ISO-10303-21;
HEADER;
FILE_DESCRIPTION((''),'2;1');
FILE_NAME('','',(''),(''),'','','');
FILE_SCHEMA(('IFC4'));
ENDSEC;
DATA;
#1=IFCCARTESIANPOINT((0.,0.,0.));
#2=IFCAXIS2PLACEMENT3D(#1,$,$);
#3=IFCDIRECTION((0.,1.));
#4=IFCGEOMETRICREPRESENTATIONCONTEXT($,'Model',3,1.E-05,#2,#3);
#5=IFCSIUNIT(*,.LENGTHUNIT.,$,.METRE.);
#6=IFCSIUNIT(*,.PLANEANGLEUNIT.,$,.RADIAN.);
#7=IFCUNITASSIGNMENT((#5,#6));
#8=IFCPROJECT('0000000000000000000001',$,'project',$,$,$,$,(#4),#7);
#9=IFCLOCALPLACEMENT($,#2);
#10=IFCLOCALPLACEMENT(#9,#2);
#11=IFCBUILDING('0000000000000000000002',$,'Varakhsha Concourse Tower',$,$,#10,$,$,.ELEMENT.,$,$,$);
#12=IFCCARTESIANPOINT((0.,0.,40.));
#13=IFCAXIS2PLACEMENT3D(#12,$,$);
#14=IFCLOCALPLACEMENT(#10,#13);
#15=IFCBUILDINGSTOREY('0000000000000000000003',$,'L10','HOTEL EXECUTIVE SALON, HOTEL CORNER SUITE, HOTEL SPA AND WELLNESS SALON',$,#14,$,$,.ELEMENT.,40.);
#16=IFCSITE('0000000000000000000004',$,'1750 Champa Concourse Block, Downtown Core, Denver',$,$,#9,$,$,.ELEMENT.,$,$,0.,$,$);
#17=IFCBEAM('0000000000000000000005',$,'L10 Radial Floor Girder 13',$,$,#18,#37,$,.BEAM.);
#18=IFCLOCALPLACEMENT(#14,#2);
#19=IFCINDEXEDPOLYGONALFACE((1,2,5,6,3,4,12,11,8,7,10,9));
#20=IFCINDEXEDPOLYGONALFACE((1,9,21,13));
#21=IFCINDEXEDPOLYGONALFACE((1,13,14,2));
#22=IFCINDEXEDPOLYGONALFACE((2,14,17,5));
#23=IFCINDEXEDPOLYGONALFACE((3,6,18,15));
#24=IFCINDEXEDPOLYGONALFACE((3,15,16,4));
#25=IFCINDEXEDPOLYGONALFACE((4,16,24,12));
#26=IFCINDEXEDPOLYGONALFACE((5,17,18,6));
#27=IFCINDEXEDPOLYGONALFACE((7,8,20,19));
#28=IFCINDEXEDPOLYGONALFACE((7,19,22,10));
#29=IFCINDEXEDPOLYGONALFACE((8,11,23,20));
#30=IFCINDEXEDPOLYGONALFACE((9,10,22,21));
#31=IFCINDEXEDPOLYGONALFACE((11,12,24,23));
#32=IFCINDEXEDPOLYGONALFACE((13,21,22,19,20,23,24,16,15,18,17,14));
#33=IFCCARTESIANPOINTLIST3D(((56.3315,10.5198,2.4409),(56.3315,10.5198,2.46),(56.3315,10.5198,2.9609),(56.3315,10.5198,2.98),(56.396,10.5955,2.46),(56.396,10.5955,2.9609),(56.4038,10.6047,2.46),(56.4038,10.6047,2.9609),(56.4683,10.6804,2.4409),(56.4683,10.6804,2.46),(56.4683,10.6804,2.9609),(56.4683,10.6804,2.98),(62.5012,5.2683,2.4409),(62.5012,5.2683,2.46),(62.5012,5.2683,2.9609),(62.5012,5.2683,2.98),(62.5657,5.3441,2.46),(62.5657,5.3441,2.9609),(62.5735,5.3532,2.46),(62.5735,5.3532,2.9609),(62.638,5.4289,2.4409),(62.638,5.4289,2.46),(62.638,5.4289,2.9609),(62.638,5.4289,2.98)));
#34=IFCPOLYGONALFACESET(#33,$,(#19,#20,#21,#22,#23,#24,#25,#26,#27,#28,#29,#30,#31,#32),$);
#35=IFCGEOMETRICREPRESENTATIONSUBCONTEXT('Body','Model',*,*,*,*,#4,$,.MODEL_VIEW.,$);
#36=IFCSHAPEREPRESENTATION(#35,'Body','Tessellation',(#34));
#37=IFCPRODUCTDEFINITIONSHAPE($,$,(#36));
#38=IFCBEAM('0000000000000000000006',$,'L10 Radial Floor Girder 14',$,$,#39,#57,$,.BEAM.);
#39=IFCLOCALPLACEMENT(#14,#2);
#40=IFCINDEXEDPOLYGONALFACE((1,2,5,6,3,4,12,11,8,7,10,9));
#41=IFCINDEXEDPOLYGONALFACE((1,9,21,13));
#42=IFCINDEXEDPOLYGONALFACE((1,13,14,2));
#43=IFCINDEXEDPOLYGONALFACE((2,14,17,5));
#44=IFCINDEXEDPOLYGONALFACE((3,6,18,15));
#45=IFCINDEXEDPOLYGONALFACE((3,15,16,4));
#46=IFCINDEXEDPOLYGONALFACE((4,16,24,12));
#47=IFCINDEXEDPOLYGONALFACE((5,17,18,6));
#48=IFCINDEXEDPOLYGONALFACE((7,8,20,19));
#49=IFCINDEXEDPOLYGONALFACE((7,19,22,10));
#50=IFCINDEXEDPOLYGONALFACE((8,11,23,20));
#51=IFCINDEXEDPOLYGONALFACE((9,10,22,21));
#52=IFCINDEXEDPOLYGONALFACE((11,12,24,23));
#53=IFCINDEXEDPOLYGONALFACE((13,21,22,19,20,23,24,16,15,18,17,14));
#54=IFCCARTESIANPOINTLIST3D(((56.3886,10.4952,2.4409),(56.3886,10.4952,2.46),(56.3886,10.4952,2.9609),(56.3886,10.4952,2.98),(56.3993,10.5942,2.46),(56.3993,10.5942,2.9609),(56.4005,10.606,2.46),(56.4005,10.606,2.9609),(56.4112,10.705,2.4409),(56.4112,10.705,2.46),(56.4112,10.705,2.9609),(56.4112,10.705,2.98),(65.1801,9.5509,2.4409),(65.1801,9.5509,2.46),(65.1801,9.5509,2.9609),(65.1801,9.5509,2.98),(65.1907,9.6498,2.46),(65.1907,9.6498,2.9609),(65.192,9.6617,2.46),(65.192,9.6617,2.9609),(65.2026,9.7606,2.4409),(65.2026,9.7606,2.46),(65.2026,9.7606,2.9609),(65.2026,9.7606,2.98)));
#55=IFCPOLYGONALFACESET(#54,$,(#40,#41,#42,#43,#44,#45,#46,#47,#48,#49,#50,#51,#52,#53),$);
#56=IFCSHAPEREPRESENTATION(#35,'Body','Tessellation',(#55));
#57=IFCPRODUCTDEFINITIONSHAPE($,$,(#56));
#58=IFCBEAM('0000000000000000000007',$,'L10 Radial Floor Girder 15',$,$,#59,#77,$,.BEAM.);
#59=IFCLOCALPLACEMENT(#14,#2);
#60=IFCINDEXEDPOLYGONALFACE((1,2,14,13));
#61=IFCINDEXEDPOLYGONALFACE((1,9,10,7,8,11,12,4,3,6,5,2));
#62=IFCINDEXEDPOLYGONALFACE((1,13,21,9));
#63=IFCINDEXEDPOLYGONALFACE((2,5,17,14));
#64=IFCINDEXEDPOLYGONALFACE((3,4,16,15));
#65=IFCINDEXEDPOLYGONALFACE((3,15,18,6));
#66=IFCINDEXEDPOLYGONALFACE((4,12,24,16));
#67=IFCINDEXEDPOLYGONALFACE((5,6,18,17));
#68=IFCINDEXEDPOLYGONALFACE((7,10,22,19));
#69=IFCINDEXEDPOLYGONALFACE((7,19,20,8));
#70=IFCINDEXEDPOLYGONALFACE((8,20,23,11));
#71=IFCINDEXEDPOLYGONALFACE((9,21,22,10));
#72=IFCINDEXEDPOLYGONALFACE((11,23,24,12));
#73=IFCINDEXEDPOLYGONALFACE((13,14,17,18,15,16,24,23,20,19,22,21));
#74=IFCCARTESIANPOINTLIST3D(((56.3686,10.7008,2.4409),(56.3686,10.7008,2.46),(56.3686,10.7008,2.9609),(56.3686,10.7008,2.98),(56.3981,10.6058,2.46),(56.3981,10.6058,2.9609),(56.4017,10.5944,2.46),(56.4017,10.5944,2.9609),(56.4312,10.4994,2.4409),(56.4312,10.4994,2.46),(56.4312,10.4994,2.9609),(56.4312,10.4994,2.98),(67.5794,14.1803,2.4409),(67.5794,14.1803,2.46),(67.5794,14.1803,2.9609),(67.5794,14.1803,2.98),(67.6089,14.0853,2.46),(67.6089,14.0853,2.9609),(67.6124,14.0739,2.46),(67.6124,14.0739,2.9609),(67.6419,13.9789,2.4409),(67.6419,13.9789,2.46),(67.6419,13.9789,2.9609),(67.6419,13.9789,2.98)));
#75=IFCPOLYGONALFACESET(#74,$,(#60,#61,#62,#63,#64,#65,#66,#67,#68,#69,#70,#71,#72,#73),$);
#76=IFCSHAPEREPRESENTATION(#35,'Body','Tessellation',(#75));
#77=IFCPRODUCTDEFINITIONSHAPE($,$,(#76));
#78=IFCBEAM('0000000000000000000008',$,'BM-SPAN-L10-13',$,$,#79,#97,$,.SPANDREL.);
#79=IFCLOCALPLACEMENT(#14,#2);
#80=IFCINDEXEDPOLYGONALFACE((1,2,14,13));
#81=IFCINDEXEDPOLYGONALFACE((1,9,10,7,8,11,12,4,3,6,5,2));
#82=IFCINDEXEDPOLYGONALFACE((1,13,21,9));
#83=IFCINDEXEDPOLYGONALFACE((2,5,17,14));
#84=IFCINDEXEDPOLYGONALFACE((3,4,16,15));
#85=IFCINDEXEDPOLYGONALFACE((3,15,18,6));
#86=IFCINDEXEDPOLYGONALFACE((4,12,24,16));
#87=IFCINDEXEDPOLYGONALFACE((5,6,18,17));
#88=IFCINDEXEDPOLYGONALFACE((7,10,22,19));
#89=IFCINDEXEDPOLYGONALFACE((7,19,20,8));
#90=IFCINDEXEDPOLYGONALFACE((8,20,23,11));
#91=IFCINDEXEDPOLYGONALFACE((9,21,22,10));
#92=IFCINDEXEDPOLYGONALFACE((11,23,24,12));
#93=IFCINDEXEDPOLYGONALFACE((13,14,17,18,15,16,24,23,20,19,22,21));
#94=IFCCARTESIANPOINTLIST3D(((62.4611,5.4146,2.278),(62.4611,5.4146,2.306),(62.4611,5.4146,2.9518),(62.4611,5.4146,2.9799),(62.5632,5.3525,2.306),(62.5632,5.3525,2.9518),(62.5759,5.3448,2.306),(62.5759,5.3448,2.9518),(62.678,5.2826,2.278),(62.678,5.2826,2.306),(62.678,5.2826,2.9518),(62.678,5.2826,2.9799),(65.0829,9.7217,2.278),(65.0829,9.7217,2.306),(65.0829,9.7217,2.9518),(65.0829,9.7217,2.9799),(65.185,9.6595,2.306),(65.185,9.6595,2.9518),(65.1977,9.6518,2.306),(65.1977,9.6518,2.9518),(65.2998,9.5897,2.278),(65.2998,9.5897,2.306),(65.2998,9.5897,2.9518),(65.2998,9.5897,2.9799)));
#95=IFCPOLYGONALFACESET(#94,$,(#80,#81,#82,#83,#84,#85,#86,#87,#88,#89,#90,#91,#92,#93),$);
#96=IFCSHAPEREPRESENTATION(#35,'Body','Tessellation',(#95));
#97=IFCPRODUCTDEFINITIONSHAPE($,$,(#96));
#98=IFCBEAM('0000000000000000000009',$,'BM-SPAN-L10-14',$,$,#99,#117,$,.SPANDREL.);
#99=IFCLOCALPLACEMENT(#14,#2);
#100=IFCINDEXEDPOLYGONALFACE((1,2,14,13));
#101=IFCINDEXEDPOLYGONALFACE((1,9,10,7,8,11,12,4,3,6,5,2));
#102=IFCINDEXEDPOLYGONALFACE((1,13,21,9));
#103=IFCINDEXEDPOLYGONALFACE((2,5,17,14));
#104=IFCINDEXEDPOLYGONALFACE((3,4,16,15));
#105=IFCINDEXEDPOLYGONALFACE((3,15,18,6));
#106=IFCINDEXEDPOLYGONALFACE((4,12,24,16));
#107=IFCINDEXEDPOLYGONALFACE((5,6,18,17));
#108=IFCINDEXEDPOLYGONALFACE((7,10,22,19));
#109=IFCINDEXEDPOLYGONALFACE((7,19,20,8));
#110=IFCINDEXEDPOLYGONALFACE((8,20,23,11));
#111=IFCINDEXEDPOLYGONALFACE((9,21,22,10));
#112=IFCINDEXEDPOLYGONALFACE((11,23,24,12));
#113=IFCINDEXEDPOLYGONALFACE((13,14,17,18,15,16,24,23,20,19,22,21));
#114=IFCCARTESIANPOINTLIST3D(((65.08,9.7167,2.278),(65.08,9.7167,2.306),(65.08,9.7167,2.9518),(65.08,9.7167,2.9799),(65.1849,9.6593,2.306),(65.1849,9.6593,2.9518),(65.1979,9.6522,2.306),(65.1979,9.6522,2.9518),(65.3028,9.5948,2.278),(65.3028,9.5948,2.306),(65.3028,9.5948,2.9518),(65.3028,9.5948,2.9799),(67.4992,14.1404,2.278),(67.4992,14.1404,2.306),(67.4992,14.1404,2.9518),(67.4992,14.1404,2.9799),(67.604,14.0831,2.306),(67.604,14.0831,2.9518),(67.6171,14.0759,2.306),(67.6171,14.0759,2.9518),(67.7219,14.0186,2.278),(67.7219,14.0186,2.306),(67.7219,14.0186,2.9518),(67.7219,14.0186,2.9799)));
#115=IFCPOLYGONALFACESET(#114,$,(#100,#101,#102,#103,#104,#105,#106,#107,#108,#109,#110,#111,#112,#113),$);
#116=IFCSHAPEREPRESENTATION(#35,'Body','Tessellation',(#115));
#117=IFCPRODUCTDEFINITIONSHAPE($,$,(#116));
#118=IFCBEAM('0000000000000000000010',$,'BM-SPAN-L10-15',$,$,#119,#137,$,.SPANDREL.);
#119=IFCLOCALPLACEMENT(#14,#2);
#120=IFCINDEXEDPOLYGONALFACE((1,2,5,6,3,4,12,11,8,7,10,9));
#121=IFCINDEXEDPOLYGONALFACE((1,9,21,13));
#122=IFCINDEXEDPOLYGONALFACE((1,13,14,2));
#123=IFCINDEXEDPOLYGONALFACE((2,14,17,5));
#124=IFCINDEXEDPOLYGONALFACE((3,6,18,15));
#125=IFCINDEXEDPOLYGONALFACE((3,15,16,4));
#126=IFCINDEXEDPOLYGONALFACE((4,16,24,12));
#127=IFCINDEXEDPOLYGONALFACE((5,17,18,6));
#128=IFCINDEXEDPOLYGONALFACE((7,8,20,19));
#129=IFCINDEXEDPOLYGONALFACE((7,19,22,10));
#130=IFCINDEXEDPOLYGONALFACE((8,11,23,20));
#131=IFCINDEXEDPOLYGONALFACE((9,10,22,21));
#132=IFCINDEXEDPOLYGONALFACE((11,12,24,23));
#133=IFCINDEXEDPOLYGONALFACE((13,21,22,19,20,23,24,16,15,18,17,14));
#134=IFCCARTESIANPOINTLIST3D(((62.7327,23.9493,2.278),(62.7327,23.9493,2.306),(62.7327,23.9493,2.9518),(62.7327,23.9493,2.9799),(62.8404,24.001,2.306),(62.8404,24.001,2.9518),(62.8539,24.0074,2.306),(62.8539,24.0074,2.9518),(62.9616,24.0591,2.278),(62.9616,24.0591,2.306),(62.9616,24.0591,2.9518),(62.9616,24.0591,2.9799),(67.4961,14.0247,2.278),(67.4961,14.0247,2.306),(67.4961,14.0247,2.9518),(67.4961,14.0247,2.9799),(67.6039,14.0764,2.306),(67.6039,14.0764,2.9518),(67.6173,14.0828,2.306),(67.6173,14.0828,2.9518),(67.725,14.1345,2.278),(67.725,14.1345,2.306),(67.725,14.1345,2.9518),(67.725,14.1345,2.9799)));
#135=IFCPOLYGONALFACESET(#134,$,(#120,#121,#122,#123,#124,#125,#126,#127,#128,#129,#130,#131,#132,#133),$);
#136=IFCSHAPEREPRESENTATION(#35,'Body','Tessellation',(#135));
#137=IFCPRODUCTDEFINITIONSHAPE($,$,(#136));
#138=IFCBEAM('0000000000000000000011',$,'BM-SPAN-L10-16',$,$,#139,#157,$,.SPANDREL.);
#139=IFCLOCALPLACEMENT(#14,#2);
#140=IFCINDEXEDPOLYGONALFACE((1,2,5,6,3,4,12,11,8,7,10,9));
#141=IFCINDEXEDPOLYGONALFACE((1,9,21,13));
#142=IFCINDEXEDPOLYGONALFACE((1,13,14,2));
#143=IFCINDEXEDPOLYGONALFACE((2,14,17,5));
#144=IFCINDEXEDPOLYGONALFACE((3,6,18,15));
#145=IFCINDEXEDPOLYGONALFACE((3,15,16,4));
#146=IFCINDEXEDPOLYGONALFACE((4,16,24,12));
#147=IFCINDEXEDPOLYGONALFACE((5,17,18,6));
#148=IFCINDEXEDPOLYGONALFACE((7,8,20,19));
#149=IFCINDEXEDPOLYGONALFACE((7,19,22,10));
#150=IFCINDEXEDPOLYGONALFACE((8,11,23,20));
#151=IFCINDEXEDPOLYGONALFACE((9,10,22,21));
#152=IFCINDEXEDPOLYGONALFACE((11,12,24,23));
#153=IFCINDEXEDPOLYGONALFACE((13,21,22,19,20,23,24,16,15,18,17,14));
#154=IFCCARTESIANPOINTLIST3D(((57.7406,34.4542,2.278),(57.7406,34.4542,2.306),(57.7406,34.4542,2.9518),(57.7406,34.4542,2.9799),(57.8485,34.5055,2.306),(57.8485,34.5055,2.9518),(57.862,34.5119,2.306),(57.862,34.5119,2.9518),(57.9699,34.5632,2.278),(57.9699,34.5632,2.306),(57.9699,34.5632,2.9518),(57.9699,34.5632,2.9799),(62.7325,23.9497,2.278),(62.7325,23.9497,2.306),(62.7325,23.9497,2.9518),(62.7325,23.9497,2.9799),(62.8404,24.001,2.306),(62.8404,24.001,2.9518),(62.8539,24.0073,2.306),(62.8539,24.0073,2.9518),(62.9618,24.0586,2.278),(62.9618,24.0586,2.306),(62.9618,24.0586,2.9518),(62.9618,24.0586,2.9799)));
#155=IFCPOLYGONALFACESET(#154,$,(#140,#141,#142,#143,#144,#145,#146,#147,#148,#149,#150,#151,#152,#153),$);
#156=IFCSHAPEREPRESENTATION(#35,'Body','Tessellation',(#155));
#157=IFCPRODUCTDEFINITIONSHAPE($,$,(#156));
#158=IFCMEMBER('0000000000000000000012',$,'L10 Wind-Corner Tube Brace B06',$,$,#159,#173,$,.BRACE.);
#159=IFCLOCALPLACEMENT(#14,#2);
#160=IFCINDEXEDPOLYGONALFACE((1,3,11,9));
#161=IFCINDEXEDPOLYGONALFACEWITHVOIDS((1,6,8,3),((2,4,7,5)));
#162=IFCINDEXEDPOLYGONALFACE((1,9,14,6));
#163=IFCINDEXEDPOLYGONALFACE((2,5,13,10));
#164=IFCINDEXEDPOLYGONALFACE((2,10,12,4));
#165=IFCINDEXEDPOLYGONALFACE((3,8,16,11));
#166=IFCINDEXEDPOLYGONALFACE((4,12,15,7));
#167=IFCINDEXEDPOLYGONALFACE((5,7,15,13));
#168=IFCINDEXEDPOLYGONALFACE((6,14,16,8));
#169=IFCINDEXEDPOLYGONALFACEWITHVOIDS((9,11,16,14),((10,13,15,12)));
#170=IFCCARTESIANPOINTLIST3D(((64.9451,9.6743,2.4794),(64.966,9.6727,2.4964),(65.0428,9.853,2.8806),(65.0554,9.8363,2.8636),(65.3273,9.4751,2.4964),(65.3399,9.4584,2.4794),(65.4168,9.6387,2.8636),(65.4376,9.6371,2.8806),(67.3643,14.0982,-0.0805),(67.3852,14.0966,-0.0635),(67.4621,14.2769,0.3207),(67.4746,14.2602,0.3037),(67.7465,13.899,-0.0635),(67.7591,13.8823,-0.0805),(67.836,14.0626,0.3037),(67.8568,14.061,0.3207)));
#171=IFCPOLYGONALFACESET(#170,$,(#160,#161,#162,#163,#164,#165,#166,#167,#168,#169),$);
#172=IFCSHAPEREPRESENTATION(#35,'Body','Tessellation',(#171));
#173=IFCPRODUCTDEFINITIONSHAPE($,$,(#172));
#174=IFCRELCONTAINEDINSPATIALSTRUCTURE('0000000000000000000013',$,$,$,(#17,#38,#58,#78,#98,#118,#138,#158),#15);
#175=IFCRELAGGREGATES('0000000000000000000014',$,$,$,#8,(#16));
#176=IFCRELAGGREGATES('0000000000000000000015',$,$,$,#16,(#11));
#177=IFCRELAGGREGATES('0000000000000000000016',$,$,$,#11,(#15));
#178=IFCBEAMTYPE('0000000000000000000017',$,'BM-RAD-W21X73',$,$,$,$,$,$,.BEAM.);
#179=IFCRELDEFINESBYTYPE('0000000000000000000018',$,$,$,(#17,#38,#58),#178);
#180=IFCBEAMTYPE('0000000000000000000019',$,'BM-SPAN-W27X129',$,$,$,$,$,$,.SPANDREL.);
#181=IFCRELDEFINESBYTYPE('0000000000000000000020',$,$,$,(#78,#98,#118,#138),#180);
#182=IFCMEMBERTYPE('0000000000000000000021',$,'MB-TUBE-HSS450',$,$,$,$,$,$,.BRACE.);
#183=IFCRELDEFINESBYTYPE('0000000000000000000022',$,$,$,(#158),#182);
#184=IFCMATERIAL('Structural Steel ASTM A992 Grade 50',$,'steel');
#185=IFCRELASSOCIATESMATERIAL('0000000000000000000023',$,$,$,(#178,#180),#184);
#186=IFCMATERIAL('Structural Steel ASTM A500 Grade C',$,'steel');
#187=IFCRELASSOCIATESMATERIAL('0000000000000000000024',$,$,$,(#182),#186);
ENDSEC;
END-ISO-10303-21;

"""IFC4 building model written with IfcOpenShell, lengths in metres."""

from ifc_helpers import new_model, si_unit, direction, frame, origin, origin_2d, place, context, subcontext, project, spatial, hollow_rectangle, i_section, extrude, source, transform, mapped, material, material_profile, profile_set, type_object, element, save


model = new_model("IFC4")

# Units and contexts
model_context = context("Model", 3, precision=1e-05, world=origin(), true_north=direction((0.0, 1.0)))
body_context = subcontext(model_context, "Body", "Model", "MODEL_VIEW")
ifc_project = project(units=[si_unit("LENGTHUNIT", "METRE"), si_unit("PLANEANGLEUNIT", "RADIAN")], contexts=[model_context])

# Site, building, storey
site_placement = place(None, origin())
site = spatial("IfcSite", under=ifc_project, at=site_placement, Name="1750 Champa Concourse Block, Downtown Core, Denver", CompositionType="ELEMENT", RefElevation=0.0)
building_placement = place(site_placement, origin())
building = spatial("IfcBuilding", under=site, at=building_placement, Name="Varakhsha Concourse Tower", CompositionType="ELEMENT")
storey_placement = place(building_placement, frame((0.0, 0.0, 40.0)))
storey = spatial("IfcBuildingStorey", under=building, at=storey_placement, Name="L10", Description="HOTEL EXECUTIVE SALON, HOTEL CORNER SUITE, HOTEL SPA AND WELLNESS SALON", CompositionType="ELEMENT", Elevation=40.0)

# Shared definitions
ifc_material_1 = material(Name="Structural Steel ASTM A992 Grade 50", Category="steel")

# Beams
ifc_material_profile_1 = material_profile(ifc_material_1, i_section(OverallWidth=0.2109, OverallDepth=0.5391, WebThickness=0.012, FlangeThickness=0.019, at=origin_2d()), Name="W21X73")
ifc_profile_set_1 = profile_set([ifc_material_profile_1], Name="Structural Steel ASTM A992 Grade 50")
beam_type_1 = type_object("IfcBeamType", Name="BM-RAD-W21X73", PredefinedType="BEAM", material=ifc_profile_set_1)
beam_1_placement = place(storey_placement, frame((56.3999, 10.6001, 2.7104), z_axis=(0.761498, -0.648167, 0.0), x_axis=(0.648167, 0.761498, 0.0)))
element("IfcBeam", 1, at=beam_1_placement, inside=storey, type_object=beam_type_1, Name="L10 Radial Floor Girder 13", PredefinedType="BEAM", context=body_context, shape_type="SweptSolid", body=[
    extrude(i_section(OverallWidth=0.2109, OverallDepth=0.5391, WebThickness=0.012, FlangeThickness=0.019, at=origin_2d()), origin(), (0.0, 0.0, 1.0), 8.1021),
])
beam_2_placement = place(storey_placement, frame((56.3999, 10.6001, 2.7104), z_axis=(0.99428, -0.1068, 0.0), x_axis=(0.1068, 0.99428, 0.0)))
element("IfcBeam", 2, at=beam_2_placement, inside=storey, type_object=beam_type_1, Name="L10 Radial Floor Girder 14", PredefinedType="BEAM", context=body_context, shape_type="SweptSolid", body=[
    extrude(i_section(OverallWidth=0.2109, OverallDepth=0.5391, WebThickness=0.012, FlangeThickness=0.019, at=origin_2d()), origin(), (0.0, 0.0, 1.0), 8.842),
])
beam_3_placement = place(storey_placement, frame((56.3999, 10.6001, 2.7104), z_axis=(0.955057, 0.296423, 0.0), x_axis=(-0.296423, 0.955057, 0.0)))
element("IfcBeam", 3, at=beam_3_placement, inside=storey, type_object=beam_type_1, Name="L10 Radial Floor Girder 15", PredefinedType="BEAM", context=body_context, shape_type="SweptSolid", body=[
    extrude(i_section(OverallWidth=0.2109, OverallDepth=0.5391, WebThickness=0.012, FlangeThickness=0.019, at=origin_2d()), origin(), (0.0, 0.0, 1.0), 11.7383),
])
ifc_material_profile_2 = material_profile(ifc_material_1, i_section(OverallWidth=0.2539, OverallDepth=0.7019, WebThickness=0.0149, FlangeThickness=0.0281, at=origin_2d()), Name="W27X129")
ifc_profile_set_2 = profile_set([ifc_material_profile_2], Name="Structural Steel ASTM A992 Grade 50")
beam_type_2 = type_object("IfcBeamType", Name="BM-SPAN-W27X129", PredefinedType="SPANDREL", material=ifc_profile_set_2)
beam_4_placement = place(storey_placement, frame((62.5696, 5.3486, 2.6289), z_axis=(0.519961, 0.85419, 0.0), x_axis=(-0.85419, 0.519961, 0.0)))
element("IfcBeam", 4, at=beam_4_placement, inside=storey, type_object=beam_type_2, Name="BM-SPAN-L10-13", PredefinedType="SPANDREL", context=body_context, shape_type="SweptSolid", body=[
    extrude(i_section(OverallWidth=0.2539, OverallDepth=0.7019, WebThickness=0.0149, FlangeThickness=0.0281, at=origin_2d()), origin(), (0.0, 0.0, 1.0), 5.0422),
])
beam_5_placement = place(storey_placement, frame((65.1914, 9.6558, 2.6289), z_axis=(0.479798, 0.877379, 0.0), x_axis=(-0.877379, 0.479798, 0.0)))
element("IfcBeam", 5, at=beam_5_placement, inside=storey, type_object=beam_type_2, Name="BM-SPAN-L10-14", PredefinedType="SPANDREL", context=body_context, shape_type="SweptSolid", body=[
    extrude(i_section(OverallWidth=0.2539, OverallDepth=0.7019, WebThickness=0.0149, FlangeThickness=0.0281, at=origin_2d()), origin(), (0.0, 0.0, 1.0), 5.042),
])
beam_6_placement = place(storey_placement, frame((67.6106, 14.0796, 2.6289), z_axis=(-0.432704, 0.901536, 0.0), x_axis=(-0.901536, -0.432704, 0.0)))
element("IfcBeam", 6, at=beam_6_placement, inside=storey, type_object=beam_type_2, Name="BM-SPAN-L10-15", PredefinedType="SPANDREL", context=body_context, shape_type="SweptSolid", body=[
    extrude(i_section(OverallWidth=0.2539, OverallDepth=0.7019, WebThickness=0.0149, FlangeThickness=0.0281, at=origin_2d()), origin(), (0.0, 0.0, 1.0), 11.0085),
])
beam_7_placement = place(storey_placement, frame((62.8472, 24.0042, 2.6289), z_axis=(-0.429214, 0.903203, 0.0), x_axis=(-0.903203, -0.429214, 0.0)))
element("IfcBeam", 7, at=beam_7_placement, inside=storey, type_object=beam_type_2, Name="BM-SPAN-L10-16", PredefinedType="SPANDREL", context=body_context, shape_type="SweptSolid", body=[
    extrude(i_section(OverallWidth=0.2539, OverallDepth=0.7019, WebThickness=0.0149, FlangeThickness=0.0281, at=origin_2d()), origin(), (0.0, 0.0, 1.0), 11.6304),
])

# Member
ifc_material_2 = material(Name="Structural Steel ASTM A500 Grade C", Category="steel")
ifc_material_profile_3 = material_profile(ifc_material_2, hollow_rectangle(XDim=0.45, YDim=0.45, WallThickness=0.019, at=origin_2d()), Name="HSS 450x450x19")
ifc_profile_set_3 = profile_set([ifc_material_profile_3], Name="Structural Steel ASTM A500 Grade C")
member_type_1 = type_object("IfcMemberType", Name="MB-TUBE-HSS450", PredefinedType="BRACE", material=ifc_profile_set_3)
shared_shape_1 = source(origin(), body_context, "Body", "SweptSolid", [
    extrude(hollow_rectangle(XDim=0.45, YDim=0.45, WallThickness=0.019, at=origin_2d()), origin(), (0.0, 0.0, 1.0), 5.6548),
])
member_1_placement = place(storey_placement, frame((67.6106, 14.0796, 0.1201), z_axis=(-0.427821, -0.782331, 0.45269), x_axis=(0.877379, -0.479798, 0.0)))
element("IfcMember", 8, at=member_1_placement, inside=storey, type_object=member_type_1, Name="L10 Wind-Corner Tube Brace B06", PredefinedType="BRACE", context=body_context, shape_type="MappedRepresentation", body=[
    mapped(shared_shape_1, transform((0.0, 0.0, 0.0), scale=1.0)),
])

save(model, "model.ifc")
